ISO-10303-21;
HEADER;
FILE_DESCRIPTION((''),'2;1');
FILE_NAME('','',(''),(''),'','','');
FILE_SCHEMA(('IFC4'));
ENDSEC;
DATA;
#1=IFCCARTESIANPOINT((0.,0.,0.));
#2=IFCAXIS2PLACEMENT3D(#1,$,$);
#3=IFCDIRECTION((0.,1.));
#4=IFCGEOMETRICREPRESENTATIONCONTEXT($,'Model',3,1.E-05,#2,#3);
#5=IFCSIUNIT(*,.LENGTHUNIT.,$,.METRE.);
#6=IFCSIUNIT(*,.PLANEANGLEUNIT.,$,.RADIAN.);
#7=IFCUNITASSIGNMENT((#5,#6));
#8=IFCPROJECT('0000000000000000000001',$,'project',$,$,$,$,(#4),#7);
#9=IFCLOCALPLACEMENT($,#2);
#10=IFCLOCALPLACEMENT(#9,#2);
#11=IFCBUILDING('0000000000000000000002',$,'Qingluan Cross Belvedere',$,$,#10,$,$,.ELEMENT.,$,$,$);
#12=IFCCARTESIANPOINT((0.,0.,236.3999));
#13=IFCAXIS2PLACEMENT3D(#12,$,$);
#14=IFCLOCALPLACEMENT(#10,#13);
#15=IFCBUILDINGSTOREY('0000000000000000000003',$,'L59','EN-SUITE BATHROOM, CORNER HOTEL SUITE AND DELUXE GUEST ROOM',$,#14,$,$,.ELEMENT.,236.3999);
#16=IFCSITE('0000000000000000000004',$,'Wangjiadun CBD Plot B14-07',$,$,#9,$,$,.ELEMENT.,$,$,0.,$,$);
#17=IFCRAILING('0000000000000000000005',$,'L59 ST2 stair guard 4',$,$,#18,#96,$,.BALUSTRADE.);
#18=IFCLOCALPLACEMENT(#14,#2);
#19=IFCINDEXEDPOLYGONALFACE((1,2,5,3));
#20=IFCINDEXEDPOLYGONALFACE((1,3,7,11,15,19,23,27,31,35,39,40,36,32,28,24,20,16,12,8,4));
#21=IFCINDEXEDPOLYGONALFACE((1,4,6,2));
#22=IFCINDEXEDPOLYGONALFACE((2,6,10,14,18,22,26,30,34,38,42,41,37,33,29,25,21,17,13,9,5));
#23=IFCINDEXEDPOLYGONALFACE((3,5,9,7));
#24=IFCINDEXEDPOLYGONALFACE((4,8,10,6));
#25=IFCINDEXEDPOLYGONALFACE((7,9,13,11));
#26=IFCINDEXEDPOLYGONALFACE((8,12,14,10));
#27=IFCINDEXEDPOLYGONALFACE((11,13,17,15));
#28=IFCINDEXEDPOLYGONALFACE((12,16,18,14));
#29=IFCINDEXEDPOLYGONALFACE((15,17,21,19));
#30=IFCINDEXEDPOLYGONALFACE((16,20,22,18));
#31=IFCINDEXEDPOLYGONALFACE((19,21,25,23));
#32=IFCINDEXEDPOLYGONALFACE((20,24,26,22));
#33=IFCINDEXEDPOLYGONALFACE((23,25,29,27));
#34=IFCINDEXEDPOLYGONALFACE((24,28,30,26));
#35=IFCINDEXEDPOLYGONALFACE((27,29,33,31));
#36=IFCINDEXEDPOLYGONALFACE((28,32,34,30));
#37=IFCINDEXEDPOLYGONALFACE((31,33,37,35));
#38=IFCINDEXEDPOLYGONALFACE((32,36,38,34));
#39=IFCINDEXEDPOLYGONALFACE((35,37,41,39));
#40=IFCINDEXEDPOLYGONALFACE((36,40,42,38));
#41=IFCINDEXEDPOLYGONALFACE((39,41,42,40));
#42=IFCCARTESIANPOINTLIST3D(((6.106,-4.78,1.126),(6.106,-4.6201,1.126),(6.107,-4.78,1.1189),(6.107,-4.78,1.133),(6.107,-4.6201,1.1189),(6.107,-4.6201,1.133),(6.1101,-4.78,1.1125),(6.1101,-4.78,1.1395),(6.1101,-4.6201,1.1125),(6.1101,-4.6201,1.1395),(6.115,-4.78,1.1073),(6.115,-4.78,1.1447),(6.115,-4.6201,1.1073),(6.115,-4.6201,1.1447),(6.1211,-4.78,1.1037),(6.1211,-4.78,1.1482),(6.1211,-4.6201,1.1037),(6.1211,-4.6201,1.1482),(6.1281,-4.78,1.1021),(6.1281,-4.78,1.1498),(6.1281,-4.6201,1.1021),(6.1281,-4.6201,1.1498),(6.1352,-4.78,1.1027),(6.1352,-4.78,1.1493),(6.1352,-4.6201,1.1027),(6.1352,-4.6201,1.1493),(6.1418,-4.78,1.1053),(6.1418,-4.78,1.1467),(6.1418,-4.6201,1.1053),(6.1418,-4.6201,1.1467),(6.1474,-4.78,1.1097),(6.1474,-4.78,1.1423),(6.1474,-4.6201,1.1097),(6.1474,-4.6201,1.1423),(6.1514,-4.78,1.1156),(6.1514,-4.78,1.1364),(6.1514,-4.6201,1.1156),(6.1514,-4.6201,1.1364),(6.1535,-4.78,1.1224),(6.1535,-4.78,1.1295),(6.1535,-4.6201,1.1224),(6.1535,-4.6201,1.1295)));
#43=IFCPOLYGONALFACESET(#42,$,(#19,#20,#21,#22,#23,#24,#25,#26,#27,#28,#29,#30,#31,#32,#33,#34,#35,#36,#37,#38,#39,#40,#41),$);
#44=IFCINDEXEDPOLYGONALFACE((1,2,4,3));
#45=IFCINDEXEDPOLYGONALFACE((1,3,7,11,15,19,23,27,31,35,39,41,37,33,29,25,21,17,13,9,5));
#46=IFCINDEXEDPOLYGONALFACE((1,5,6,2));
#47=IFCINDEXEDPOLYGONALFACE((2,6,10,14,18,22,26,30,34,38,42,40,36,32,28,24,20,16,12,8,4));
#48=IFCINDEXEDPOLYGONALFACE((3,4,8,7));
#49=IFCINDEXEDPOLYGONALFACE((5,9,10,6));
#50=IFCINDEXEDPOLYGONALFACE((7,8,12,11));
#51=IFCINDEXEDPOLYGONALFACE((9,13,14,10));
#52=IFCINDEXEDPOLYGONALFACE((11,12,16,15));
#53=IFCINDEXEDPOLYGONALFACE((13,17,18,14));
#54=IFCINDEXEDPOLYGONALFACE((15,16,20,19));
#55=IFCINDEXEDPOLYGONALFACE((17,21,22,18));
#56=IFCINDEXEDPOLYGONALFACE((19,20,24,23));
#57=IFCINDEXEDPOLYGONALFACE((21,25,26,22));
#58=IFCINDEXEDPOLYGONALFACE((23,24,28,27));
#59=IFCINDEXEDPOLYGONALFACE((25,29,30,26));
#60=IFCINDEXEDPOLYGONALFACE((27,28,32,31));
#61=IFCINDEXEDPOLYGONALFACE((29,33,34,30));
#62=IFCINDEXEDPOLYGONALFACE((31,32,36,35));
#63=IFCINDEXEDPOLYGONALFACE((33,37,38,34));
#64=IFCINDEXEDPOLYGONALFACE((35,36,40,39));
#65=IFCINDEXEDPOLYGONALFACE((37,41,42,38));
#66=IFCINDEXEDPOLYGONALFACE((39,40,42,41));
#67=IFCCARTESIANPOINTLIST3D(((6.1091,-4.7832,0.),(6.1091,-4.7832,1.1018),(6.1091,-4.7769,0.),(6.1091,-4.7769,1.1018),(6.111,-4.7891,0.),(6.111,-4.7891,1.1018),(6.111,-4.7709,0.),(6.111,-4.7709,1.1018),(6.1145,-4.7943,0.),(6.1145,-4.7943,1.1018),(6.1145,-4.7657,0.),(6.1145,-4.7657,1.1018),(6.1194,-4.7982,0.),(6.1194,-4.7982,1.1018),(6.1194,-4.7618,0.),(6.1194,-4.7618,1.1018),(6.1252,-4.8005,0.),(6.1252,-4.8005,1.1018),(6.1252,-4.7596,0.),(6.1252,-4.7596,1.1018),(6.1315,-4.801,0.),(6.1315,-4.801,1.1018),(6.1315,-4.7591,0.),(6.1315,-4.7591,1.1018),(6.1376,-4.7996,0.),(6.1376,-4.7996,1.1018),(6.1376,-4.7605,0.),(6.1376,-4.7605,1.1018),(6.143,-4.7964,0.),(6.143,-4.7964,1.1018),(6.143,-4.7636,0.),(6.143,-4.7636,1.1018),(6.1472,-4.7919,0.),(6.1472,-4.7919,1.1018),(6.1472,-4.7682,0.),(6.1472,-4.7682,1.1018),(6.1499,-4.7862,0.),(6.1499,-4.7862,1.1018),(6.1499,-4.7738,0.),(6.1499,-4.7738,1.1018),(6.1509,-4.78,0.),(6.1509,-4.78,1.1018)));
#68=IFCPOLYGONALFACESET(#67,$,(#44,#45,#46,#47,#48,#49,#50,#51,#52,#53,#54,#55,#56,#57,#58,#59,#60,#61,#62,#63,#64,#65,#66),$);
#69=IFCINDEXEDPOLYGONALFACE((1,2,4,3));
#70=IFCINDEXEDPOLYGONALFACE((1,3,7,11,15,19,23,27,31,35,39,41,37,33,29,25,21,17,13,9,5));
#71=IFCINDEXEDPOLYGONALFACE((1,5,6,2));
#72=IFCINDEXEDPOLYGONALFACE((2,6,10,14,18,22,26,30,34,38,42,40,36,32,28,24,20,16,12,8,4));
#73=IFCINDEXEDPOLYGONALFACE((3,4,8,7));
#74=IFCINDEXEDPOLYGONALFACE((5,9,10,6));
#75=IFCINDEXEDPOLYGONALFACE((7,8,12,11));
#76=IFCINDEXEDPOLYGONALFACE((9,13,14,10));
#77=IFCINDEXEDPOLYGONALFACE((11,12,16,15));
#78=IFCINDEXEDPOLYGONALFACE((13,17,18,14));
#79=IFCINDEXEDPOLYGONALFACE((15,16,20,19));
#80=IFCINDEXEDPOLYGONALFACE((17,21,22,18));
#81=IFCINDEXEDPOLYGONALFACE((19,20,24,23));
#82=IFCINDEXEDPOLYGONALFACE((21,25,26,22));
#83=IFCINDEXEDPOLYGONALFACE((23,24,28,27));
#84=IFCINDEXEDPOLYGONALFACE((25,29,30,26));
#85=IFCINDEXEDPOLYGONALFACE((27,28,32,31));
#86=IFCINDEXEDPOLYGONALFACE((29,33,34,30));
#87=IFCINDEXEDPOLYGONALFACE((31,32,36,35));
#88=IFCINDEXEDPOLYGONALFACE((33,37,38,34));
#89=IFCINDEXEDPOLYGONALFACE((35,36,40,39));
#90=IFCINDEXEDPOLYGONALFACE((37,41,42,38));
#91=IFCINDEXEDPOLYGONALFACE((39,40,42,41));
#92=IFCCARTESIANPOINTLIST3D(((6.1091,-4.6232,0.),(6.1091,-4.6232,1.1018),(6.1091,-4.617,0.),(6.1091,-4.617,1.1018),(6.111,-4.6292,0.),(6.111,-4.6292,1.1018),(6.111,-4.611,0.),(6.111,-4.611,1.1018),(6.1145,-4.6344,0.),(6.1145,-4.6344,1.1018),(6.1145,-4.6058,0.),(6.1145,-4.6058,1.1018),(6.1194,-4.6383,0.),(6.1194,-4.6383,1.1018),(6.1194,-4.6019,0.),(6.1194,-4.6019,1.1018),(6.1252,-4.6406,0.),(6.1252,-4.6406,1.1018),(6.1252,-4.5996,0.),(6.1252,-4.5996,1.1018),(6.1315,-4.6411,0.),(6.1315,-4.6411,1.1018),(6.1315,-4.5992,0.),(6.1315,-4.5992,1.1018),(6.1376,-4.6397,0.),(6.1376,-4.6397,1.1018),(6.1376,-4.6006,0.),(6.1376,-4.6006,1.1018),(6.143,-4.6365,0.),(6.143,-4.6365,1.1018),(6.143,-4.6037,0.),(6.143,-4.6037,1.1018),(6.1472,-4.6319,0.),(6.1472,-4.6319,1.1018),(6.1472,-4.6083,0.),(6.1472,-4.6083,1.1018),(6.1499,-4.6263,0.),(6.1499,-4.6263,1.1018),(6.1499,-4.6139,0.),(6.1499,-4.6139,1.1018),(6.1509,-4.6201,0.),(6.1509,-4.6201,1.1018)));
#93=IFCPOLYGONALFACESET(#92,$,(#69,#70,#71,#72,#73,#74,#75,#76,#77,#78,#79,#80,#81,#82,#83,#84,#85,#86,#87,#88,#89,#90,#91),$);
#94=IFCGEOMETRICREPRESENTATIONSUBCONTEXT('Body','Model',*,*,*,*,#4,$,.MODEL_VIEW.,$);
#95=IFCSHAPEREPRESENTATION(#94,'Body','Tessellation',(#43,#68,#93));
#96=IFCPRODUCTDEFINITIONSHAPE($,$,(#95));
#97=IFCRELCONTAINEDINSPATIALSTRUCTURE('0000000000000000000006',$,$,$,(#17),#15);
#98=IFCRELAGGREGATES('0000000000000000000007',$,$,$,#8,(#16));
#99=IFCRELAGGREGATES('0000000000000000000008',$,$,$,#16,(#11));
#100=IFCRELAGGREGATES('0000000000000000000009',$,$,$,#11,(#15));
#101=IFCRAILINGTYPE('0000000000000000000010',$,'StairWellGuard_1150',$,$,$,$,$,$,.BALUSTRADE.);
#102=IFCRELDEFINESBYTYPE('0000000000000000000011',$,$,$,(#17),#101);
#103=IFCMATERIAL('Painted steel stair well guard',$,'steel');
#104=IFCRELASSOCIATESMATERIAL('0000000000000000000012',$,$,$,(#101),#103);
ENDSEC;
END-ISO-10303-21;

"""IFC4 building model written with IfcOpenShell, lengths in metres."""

from ifc_helpers import new_model, si_unit, direction, frame, origin, origin_2d, place, context, subcontext, project, spatial, circle, extrude, material, type_object, element, save


model = new_model("IFC4")

# Units and contexts
model_context = context("Model", 3, precision=1e-05, world=origin(), true_north=direction((0.0, 1.0)))
body_context = subcontext(model_context, "Body", "Model", "MODEL_VIEW")
ifc_project = project(units=[si_unit("LENGTHUNIT", "METRE"), si_unit("PLANEANGLEUNIT", "RADIAN")], contexts=[model_context])

# Site, building, storey
site_placement = place(None, origin())
site = spatial("IfcSite", under=ifc_project, at=site_placement, Name="Wangjiadun CBD Plot B14-07", CompositionType="ELEMENT", RefElevation=0.0)
building_placement = place(site_placement, origin())
building = spatial("IfcBuilding", under=site, at=building_placement, Name="Qingluan Cross Belvedere", CompositionType="ELEMENT")
storey_placement = place(building_placement, frame((0.0, 0.0, 236.3999)))
storey = spatial("IfcBuildingStorey", under=building, at=storey_placement, Name="L59", Description="EN-SUITE BATHROOM, CORNER HOTEL SUITE AND DELUXE GUEST ROOM", CompositionType="ELEMENT", Elevation=236.3999)

# Railing
ifc_material_1 = material(Name="Painted steel stair well guard", Category="steel")
railing_type_1 = type_object("IfcRailingType", Name="StairWellGuard_1150", PredefinedType="BALUSTRADE", material=ifc_material_1)
railing_1_placement = place(storey_placement, frame((6.1299, -4.78, 0.0)))
element("IfcRailing", 1, at=railing_1_placement, inside=storey, type_object=railing_type_1, Name="L59 ST2 stair guard 4", PredefinedType="BALUSTRADE", context=body_context, shape_type="SweptSolid", body=[
    extrude(circle(Radius=0.0239, at=origin_2d()), frame((0.0, 0.0, 1.126), z_axis=(0.0, 1.0, 0.0), x_axis=(-1.0, 0.0, 0.0)), (0.0, 0.0, 1.0), 0.1599),
    extrude(circle(Radius=0.021, at=origin_2d()), origin(), (0.0, 0.0, 1.0), 1.1018),
    extrude(circle(Radius=0.021, at=origin_2d()), frame((0.0, 0.1599, 0.0)), (0.0, 0.0, 1.0), 1.1018),
])

save(model, "model.ifc")
